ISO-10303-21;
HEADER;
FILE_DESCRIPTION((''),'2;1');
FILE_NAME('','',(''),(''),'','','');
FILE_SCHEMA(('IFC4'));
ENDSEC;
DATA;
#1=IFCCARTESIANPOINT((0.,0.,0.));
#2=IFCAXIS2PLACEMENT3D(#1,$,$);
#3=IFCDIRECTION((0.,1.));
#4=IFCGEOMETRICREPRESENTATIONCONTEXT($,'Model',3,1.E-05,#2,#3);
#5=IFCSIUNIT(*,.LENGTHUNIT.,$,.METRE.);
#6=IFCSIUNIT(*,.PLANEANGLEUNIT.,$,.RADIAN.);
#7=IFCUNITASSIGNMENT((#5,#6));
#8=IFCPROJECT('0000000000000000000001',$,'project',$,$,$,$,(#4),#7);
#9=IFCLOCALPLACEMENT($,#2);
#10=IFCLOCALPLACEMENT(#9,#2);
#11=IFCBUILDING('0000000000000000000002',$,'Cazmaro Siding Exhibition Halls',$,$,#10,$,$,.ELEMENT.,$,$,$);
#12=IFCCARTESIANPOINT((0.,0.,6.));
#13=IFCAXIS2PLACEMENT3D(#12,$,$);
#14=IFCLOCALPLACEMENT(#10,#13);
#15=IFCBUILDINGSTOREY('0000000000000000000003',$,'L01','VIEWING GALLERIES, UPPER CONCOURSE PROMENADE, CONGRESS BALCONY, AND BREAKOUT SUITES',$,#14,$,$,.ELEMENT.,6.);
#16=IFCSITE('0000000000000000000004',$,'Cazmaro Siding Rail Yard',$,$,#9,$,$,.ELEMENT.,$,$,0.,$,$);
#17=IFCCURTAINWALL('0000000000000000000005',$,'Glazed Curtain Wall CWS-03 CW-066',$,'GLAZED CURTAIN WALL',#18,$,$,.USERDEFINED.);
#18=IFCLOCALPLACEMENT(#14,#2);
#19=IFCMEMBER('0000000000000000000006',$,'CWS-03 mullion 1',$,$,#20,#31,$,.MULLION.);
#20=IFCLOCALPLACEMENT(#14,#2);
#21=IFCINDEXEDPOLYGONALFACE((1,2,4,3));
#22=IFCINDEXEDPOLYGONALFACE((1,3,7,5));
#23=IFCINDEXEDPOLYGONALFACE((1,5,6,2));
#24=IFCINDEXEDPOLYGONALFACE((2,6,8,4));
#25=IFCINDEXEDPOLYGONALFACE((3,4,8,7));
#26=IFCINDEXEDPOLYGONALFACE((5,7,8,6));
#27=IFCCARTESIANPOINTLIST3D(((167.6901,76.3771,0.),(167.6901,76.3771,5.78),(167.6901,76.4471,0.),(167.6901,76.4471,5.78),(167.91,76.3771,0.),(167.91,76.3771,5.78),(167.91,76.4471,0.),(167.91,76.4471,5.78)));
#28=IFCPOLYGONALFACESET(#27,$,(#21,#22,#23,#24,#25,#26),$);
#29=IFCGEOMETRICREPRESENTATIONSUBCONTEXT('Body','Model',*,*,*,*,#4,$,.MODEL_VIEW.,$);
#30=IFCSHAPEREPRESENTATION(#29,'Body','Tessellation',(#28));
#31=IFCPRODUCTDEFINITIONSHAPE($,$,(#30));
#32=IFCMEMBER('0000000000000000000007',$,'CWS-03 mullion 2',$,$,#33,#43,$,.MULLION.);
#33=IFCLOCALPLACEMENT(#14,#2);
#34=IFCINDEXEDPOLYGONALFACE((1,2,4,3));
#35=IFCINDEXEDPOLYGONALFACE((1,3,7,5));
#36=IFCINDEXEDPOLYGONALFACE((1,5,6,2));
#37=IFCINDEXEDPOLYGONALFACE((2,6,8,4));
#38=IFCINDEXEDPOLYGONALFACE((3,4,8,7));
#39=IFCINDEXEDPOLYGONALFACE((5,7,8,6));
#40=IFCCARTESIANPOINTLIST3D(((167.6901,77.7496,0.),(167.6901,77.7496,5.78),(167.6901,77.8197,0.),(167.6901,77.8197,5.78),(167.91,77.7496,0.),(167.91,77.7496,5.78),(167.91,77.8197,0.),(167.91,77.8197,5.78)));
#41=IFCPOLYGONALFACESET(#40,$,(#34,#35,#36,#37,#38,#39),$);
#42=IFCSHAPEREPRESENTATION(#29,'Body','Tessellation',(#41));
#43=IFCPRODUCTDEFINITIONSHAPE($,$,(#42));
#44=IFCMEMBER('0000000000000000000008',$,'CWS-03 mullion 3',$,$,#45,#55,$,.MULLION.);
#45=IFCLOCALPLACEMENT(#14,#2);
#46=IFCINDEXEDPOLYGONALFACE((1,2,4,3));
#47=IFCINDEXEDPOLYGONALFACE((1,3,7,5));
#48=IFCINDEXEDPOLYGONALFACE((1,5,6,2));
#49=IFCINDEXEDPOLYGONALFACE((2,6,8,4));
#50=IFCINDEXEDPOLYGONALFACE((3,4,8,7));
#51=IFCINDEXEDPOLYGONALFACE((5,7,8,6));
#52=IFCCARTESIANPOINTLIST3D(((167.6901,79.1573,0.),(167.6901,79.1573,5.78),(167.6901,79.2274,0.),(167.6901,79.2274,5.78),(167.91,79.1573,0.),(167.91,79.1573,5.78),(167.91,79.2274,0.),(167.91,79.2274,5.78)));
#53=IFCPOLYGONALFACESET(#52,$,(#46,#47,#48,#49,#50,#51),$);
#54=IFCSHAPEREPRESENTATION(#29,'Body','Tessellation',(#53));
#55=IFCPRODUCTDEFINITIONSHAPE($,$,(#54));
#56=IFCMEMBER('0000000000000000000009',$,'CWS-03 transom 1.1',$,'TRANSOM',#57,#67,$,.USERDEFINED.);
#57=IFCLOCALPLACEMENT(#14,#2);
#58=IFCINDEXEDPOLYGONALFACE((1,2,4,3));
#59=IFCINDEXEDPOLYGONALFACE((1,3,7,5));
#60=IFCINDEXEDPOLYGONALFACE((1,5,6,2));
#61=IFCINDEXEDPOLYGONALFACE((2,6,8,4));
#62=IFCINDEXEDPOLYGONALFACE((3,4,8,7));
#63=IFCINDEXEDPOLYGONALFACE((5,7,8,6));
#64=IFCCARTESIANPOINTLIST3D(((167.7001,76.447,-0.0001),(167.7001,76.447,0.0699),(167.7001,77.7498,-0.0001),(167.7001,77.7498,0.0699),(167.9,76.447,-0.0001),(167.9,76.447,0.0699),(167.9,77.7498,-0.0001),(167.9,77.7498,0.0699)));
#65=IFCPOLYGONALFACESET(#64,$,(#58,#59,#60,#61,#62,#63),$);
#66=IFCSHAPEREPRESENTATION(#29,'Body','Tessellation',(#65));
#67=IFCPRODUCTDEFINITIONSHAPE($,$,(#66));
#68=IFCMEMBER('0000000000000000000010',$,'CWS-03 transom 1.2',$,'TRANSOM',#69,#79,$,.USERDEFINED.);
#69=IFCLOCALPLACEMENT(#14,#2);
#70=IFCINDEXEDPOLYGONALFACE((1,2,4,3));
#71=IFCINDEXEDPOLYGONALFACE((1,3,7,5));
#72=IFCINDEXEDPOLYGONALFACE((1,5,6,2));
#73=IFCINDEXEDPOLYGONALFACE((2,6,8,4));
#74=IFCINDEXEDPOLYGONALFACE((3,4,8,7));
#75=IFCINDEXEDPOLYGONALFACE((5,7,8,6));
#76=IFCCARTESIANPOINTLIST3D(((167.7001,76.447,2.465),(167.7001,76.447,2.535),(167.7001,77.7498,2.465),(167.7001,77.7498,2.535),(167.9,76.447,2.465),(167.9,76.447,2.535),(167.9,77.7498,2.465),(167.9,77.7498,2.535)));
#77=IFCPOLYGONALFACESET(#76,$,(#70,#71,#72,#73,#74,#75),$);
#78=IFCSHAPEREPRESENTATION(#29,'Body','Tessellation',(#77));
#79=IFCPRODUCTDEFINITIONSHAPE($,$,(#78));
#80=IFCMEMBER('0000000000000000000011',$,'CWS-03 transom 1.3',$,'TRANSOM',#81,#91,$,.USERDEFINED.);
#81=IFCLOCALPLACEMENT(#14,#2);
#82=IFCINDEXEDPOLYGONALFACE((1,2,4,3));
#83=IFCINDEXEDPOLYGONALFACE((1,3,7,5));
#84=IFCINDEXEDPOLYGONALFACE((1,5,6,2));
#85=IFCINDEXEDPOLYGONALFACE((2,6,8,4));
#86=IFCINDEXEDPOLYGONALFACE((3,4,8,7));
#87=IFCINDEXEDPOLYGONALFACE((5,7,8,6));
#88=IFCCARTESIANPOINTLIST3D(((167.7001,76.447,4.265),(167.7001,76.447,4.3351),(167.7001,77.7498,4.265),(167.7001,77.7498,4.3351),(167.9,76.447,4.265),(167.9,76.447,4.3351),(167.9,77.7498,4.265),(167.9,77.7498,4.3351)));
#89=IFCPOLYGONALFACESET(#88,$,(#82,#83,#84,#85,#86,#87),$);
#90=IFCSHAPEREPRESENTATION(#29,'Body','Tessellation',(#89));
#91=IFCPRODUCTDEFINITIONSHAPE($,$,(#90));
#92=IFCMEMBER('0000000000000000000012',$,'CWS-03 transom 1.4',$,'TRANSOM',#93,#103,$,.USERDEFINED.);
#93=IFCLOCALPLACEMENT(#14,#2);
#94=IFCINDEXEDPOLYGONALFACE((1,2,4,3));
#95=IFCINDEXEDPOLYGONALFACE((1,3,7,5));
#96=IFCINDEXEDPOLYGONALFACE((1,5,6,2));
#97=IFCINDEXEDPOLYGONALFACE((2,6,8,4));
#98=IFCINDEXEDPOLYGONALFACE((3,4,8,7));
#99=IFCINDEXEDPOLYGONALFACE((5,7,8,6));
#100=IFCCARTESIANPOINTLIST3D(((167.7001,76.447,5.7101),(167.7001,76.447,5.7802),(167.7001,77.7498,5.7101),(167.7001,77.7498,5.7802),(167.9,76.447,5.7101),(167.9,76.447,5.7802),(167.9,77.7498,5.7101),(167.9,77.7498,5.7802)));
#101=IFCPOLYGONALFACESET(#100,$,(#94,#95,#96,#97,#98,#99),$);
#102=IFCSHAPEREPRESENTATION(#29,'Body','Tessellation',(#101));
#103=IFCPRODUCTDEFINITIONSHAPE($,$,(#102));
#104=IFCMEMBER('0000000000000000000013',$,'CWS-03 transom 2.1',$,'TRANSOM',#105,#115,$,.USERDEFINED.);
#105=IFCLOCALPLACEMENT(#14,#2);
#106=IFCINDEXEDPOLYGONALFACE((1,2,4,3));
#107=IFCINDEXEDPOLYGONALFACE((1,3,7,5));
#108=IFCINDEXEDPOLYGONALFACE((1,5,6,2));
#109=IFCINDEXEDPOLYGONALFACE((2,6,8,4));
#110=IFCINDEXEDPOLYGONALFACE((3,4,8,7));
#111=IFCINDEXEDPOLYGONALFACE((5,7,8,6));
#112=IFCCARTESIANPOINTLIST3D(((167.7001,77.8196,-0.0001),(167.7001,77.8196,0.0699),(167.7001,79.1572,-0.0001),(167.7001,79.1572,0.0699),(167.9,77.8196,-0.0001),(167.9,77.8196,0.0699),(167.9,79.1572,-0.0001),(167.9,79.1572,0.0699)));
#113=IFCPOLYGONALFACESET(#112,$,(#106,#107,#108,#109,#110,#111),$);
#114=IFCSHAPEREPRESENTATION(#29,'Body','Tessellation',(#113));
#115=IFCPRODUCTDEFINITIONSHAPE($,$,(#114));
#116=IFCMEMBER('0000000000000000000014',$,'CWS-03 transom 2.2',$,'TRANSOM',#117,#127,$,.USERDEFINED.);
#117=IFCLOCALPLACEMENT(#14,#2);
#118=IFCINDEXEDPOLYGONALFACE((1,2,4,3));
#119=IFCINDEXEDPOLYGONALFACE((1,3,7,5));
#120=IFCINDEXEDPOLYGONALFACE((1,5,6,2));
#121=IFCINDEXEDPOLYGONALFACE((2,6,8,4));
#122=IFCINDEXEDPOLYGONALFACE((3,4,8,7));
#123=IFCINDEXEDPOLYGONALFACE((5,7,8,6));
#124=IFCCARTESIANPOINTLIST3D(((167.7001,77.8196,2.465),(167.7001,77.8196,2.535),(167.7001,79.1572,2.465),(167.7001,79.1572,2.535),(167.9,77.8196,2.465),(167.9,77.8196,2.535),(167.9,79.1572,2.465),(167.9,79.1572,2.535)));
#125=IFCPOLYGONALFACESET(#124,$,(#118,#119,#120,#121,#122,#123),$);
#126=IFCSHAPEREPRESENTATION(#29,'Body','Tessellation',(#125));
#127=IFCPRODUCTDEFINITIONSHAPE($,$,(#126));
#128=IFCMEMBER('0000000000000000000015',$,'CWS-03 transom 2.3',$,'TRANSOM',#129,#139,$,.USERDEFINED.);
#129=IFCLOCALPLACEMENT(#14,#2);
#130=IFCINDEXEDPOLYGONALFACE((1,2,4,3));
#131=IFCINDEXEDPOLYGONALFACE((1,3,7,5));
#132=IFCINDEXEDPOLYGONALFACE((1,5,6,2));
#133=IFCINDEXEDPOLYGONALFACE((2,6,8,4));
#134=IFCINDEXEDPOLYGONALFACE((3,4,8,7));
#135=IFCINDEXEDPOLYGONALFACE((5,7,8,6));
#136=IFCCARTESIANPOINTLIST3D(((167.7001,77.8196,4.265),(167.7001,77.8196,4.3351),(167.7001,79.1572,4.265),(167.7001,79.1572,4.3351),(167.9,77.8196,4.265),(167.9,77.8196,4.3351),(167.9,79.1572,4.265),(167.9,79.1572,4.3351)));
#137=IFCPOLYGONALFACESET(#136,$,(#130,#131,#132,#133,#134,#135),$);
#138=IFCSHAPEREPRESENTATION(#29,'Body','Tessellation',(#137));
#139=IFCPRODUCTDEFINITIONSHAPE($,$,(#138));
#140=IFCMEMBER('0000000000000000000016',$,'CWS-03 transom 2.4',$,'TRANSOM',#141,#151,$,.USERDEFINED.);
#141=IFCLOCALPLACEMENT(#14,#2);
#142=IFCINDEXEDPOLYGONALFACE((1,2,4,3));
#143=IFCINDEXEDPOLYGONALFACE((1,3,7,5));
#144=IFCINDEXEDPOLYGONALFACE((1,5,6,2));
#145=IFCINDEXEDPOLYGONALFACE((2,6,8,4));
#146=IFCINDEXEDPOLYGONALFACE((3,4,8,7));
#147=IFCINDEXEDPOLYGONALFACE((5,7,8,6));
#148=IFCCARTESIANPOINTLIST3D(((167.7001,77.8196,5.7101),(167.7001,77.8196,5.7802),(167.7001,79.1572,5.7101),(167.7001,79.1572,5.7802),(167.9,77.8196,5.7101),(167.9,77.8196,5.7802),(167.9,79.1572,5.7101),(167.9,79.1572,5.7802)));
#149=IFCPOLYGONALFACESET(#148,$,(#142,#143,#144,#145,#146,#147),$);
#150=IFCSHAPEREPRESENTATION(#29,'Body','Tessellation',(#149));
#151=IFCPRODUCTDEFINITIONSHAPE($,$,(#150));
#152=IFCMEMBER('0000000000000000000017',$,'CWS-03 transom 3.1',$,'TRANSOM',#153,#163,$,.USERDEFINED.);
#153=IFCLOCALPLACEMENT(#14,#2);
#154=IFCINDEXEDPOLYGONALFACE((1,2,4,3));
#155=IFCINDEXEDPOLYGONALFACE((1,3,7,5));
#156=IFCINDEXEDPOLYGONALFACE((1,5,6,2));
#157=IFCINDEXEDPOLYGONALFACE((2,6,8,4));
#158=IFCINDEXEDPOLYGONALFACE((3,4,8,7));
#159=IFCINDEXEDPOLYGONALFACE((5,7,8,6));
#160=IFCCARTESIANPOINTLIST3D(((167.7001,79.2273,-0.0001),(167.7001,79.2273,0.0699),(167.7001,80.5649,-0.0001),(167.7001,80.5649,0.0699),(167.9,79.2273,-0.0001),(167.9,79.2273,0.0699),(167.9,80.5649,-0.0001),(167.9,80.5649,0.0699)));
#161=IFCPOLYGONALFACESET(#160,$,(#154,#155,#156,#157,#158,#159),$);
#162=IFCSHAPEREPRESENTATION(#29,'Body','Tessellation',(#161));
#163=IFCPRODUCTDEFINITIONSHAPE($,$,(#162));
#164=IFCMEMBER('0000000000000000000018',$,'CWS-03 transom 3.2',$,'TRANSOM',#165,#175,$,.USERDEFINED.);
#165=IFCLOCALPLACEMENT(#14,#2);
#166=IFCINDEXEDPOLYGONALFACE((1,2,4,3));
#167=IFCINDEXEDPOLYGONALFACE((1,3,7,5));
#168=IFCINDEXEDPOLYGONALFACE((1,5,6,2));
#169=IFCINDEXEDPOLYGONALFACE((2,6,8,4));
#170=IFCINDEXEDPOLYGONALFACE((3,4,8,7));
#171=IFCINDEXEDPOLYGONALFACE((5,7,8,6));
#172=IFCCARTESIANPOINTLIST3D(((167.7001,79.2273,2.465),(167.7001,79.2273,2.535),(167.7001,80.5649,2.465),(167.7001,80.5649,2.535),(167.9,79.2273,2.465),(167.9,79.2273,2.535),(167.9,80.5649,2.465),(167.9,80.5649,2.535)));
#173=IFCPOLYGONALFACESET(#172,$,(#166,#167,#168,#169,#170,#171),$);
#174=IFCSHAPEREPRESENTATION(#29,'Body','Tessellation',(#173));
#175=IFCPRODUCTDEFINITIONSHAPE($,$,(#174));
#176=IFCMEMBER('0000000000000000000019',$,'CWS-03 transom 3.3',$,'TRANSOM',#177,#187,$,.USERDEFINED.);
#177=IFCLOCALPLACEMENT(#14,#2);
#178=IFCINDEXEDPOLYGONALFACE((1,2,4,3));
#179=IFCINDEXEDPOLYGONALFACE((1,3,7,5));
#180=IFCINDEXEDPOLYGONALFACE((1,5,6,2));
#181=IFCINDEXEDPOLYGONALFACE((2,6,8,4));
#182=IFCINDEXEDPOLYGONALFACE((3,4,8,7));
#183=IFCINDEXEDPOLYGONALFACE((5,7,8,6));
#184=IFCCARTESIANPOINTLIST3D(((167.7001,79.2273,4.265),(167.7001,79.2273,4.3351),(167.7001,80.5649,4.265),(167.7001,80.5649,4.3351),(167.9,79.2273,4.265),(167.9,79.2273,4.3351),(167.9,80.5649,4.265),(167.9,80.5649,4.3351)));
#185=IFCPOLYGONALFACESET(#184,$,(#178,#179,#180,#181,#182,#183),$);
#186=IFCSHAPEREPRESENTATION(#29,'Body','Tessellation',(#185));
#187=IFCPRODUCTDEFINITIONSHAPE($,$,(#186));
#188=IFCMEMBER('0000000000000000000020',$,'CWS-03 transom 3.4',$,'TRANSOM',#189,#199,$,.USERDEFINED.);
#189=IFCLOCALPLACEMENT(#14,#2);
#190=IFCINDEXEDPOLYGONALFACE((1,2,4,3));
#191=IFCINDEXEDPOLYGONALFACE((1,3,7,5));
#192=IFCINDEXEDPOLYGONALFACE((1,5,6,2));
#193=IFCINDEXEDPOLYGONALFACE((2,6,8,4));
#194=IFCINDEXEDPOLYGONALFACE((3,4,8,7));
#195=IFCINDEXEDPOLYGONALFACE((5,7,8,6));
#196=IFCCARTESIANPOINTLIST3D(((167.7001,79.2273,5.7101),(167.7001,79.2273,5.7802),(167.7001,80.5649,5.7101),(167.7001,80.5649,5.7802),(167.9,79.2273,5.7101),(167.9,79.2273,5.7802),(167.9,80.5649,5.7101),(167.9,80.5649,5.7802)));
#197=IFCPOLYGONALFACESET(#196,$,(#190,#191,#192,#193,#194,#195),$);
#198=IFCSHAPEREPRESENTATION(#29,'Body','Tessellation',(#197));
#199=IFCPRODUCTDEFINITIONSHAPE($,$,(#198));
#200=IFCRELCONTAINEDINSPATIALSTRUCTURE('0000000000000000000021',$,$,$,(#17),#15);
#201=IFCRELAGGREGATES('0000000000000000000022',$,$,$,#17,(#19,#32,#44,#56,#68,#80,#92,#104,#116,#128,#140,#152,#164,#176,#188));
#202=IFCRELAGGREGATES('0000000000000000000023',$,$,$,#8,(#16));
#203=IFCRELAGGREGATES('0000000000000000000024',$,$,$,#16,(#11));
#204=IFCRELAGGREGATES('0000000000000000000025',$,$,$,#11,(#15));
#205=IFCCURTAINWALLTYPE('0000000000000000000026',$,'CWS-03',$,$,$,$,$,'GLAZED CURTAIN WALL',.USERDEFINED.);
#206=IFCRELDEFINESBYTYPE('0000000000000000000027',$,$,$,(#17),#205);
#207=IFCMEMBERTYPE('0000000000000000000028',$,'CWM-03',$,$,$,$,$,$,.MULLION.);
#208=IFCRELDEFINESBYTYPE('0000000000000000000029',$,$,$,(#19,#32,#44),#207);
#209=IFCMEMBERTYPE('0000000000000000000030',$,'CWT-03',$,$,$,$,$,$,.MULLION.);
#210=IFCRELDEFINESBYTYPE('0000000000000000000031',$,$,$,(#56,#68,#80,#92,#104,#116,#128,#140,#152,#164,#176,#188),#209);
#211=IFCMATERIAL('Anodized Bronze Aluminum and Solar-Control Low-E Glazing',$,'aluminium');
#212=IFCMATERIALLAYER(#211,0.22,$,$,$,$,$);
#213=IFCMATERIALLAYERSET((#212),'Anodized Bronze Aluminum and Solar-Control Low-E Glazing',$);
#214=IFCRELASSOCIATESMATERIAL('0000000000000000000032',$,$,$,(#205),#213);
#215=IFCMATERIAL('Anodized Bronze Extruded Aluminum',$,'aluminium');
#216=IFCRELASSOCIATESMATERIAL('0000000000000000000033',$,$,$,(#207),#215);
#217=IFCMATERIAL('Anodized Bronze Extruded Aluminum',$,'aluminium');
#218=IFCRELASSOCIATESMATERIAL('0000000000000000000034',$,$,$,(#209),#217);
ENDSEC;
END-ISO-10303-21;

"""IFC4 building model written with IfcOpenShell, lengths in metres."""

from ifc_helpers import new_model, si_unit, direction, frame, origin, origin_2d, place, context, subcontext, project, spatial, rectangle, extrude, material, layer, layer_set, material_profile, profile_set, type_object, element, aggregate, save


model = new_model("IFC4")

# Units and contexts
model_context = context("Model", 3, precision=1e-05, world=origin(), true_north=direction((0.0, 1.0)))
body_context = subcontext(model_context, "Body", "Model", "MODEL_VIEW")
ifc_project = project(units=[si_unit("LENGTHUNIT", "METRE"), si_unit("PLANEANGLEUNIT", "RADIAN")], contexts=[model_context])

# Site, building, storey
site_placement = place(None, origin())
site = spatial("IfcSite", under=ifc_project, at=site_placement, Name="Cazmaro Siding Rail Yard", CompositionType="ELEMENT", RefElevation=0.0)
building_placement = place(site_placement, origin())
building = spatial("IfcBuilding", under=site, at=building_placement, Name="Cazmaro Siding Exhibition Halls", CompositionType="ELEMENT")
storey_placement = place(building_placement, frame((0.0, 0.0, 6.0)))
storey = spatial("IfcBuildingStorey", under=building, at=storey_placement, Name="L01", Description="VIEWING GALLERIES, UPPER CONCOURSE PROMENADE, CONGRESS BALCONY, AND BREAKOUT SUITES", CompositionType="ELEMENT", Elevation=6.0)

# Curtain wall, members
ifc_material_1 = material(Name="Anodized Bronze Aluminum and Solar-Control Low-E Glazing", Category="aluminium")
ifc_layer_1 = layer(ifc_material_1, 0.22)
ifc_layer_set_1 = layer_set([ifc_layer_1], Name="Anodized Bronze Aluminum and Solar-Control Low-E Glazing")
curtain_wall_type = type_object("IfcCurtainWallType", Name="CWS-03", ElementType="GLAZED CURTAIN WALL", PredefinedType="USERDEFINED", material=ifc_layer_set_1)
curtain_wall_placement = place(storey_placement, origin())
curtain_wall = element("IfcCurtainWall", 1, at=curtain_wall_placement, inside=storey, type_object=curtain_wall_type, Name="Glazed Curtain Wall CWS-03 CW-066", ObjectType="GLAZED CURTAIN WALL", PredefinedType="USERDEFINED")
ifc_material_2 = material(Name="Anodized Bronze Extruded Aluminum", Category="aluminium")
ifc_material_profile_1 = material_profile(ifc_material_2, rectangle(XDim=0.22, YDim=0.0701, at=origin_2d()), Name="CWM-03")
ifc_profile_set_1 = profile_set([ifc_material_profile_1], Name="Anodized Bronze Extruded Aluminum")
member_type_1 = type_object("IfcMemberType", Name="CWM-03", PredefinedType="MULLION", material=ifc_profile_set_1)
member_1_placement = place(storey_placement, frame((167.8, 76.4121, 0.0), z_axis=(0.0, 0.0, 1.0), x_axis=(-1.0, 0.0, 0.0)))
member_1 = element("IfcMember", 2, at=member_1_placement, type_object=member_type_1, Name="CWS-03 mullion 1", PredefinedType="MULLION", context=body_context, shape_type="SweptSolid", body=[
    extrude(rectangle(XDim=0.22, YDim=0.0701, at=origin_2d()), origin(), (0.0, 0.0, 1.0), 5.78),
])
member_2_placement = place(storey_placement, frame((167.8, 77.7847, 0.0), z_axis=(0.0, 0.0, 1.0), x_axis=(-1.0, 0.0, 0.0)))
member_2 = element("IfcMember", 3, at=member_2_placement, type_object=member_type_1, Name="CWS-03 mullion 2", PredefinedType="MULLION", context=body_context, shape_type="SweptSolid", body=[
    extrude(rectangle(XDim=0.22, YDim=0.0701, at=origin_2d()), origin(), (0.0, 0.0, 1.0), 5.78),
])
member_3_placement = place(storey_placement, frame((167.8, 79.1924, 0.0), z_axis=(0.0, 0.0, 1.0), x_axis=(-1.0, 0.0, 0.0)))
member_3 = element("IfcMember", 4, at=member_3_placement, type_object=member_type_1, Name="CWS-03 mullion 3", PredefinedType="MULLION", context=body_context, shape_type="SweptSolid", body=[
    extrude(rectangle(XDim=0.22, YDim=0.0701, at=origin_2d()), origin(), (0.0, 0.0, 1.0), 5.78),
])
ifc_material_3 = material(Name="Anodized Bronze Extruded Aluminum", Category="aluminium")
ifc_material_profile_2 = material_profile(ifc_material_3, rectangle(XDim=0.2, YDim=0.0701, at=origin_2d()), Name="CWT-03")
ifc_profile_set_2 = profile_set([ifc_material_profile_2], Name="Anodized Bronze Extruded Aluminum")
member_type_2 = type_object("IfcMemberType", Name="CWT-03", PredefinedType="MULLION", material=ifc_profile_set_2)
member_4_placement = place(storey_placement, frame((167.8, 76.447, 0.0349), z_axis=(0.0, 1.0, 0.0), x_axis=(-1.0, 0.0, 0.0)))
member_4 = element("IfcMember", 5, at=member_4_placement, type_object=member_type_2, Name="CWS-03 transom 1.1", ObjectType="TRANSOM", PredefinedType="USERDEFINED", context=body_context, shape_type="SweptSolid", body=[
    extrude(rectangle(XDim=0.2, YDim=0.0701, at=origin_2d()), origin(), (0.0, 0.0, 1.0), 1.3027),
])
member_5_placement = place(storey_placement, frame((167.8, 76.447, 2.5), z_axis=(0.0, 1.0, 0.0), x_axis=(-1.0, 0.0, 0.0)))
member_5 = element("IfcMember", 6, at=member_5_placement, type_object=member_type_2, Name="CWS-03 transom 1.2", ObjectType="TRANSOM", PredefinedType="USERDEFINED", context=body_context, shape_type="SweptSolid", body=[
    extrude(rectangle(XDim=0.2, YDim=0.0701, at=origin_2d()), origin(), (0.0, 0.0, 1.0), 1.3027),
])
member_6_placement = place(storey_placement, frame((167.8, 76.447, 4.3), z_axis=(0.0, 1.0, 0.0), x_axis=(-1.0, 0.0, 0.0)))
member_6 = element("IfcMember", 7, at=member_6_placement, type_object=member_type_2, Name="CWS-03 transom 1.3", ObjectType="TRANSOM", PredefinedType="USERDEFINED", context=body_context, shape_type="SweptSolid", body=[
    extrude(rectangle(XDim=0.2, YDim=0.0701, at=origin_2d()), origin(), (0.0, 0.0, 1.0), 1.3027),
])
member_7_placement = place(storey_placement, frame((167.8, 76.447, 5.7451), z_axis=(0.0, 1.0, 0.0), x_axis=(-1.0, 0.0, 0.0)))
member_7 = element("IfcMember", 8, at=member_7_placement, type_object=member_type_2, Name="CWS-03 transom 1.4", ObjectType="TRANSOM", PredefinedType="USERDEFINED", context=body_context, shape_type="SweptSolid", body=[
    extrude(rectangle(XDim=0.2, YDim=0.0701, at=origin_2d()), origin(), (0.0, 0.0, 1.0), 1.3027),
])
member_8_placement = place(storey_placement, frame((167.8, 77.8196, 0.0349), z_axis=(0.0, 1.0, 0.0), x_axis=(-1.0, 0.0, 0.0)))
member_8 = element("IfcMember", 9, at=member_8_placement, type_object=member_type_2, Name="CWS-03 transom 2.1", ObjectType="TRANSOM", PredefinedType="USERDEFINED", context=body_context, shape_type="SweptSolid", body=[
    extrude(rectangle(XDim=0.2, YDim=0.0701, at=origin_2d()), origin(), (0.0, 0.0, 1.0), 1.3376),
])
member_9_placement = place(storey_placement, frame((167.8, 77.8196, 2.5), z_axis=(0.0, 1.0, 0.0), x_axis=(-1.0, 0.0, 0.0)))
member_9 = element("IfcMember", 10, at=member_9_placement, type_object=member_type_2, Name="CWS-03 transom 2.2", ObjectType="TRANSOM", PredefinedType="USERDEFINED", context=body_context, shape_type="SweptSolid", body=[
    extrude(rectangle(XDim=0.2, YDim=0.0701, at=origin_2d()), origin(), (0.0, 0.0, 1.0), 1.3376),
])
member_10_placement = place(storey_placement, frame((167.8, 77.8196, 4.3), z_axis=(0.0, 1.0, 0.0), x_axis=(-1.0, 0.0, 0.0)))
member_10 = element("IfcMember", 11, at=member_10_placement, type_object=member_type_2, Name="CWS-03 transom 2.3", ObjectType="TRANSOM", PredefinedType="USERDEFINED", context=body_context, shape_type="SweptSolid", body=[
    extrude(rectangle(XDim=0.2, YDim=0.0701, at=origin_2d()), origin(), (0.0, 0.0, 1.0), 1.3376),
])
member_11_placement = place(storey_placement, frame((167.8, 77.8196, 5.7451), z_axis=(0.0, 1.0, 0.0), x_axis=(-1.0, 0.0, 0.0)))
member_11 = element("IfcMember", 12, at=member_11_placement, type_object=member_type_2, Name="CWS-03 transom 2.4", ObjectType="TRANSOM", PredefinedType="USERDEFINED", context=body_context, shape_type="SweptSolid", body=[
    extrude(rectangle(XDim=0.2, YDim=0.0701, at=origin_2d()), origin(), (0.0, 0.0, 1.0), 1.3376),
])
member_12_placement = place(storey_placement, frame((167.8, 79.2273, 0.0349), z_axis=(0.0, 1.0, 0.0), x_axis=(-1.0, 0.0, 0.0)))
member_12 = element("IfcMember", 13, at=member_12_placement, type_object=member_type_2, Name="CWS-03 transom 3.1", ObjectType="TRANSOM", PredefinedType="USERDEFINED", context=body_context, shape_type="SweptSolid", body=[
    extrude(rectangle(XDim=0.2, YDim=0.0701, at=origin_2d()), origin(), (0.0, 0.0, 1.0), 1.3376),
])
member_13_placement = place(storey_placement, frame((167.8, 79.2273, 2.5), z_axis=(0.0, 1.0, 0.0), x_axis=(-1.0, 0.0, 0.0)))
member_13 = element("IfcMember", 14, at=member_13_placement, type_object=member_type_2, Name="CWS-03 transom 3.2", ObjectType="TRANSOM", PredefinedType="USERDEFINED", context=body_context, shape_type="SweptSolid", body=[
    extrude(rectangle(XDim=0.2, YDim=0.0701, at=origin_2d()), origin(), (0.0, 0.0, 1.0), 1.3376),
])
member_14_placement = place(storey_placement, frame((167.8, 79.2273, 4.3), z_axis=(0.0, 1.0, 0.0), x_axis=(-1.0, 0.0, 0.0)))
member_14 = element("IfcMember", 15, at=member_14_placement, type_object=member_type_2, Name="CWS-03 transom 3.3", ObjectType="TRANSOM", PredefinedType="USERDEFINED", context=body_context, shape_type="SweptSolid", body=[
    extrude(rectangle(XDim=0.2, YDim=0.0701, at=origin_2d()), origin(), (0.0, 0.0, 1.0), 1.3376),
])
member_15_placement = place(storey_placement, frame((167.8, 79.2273, 5.7451), z_axis=(0.0, 1.0, 0.0), x_axis=(-1.0, 0.0, 0.0)))
member_15 = element("IfcMember", 16, at=member_15_placement, type_object=member_type_2, Name="CWS-03 transom 3.4", ObjectType="TRANSOM", PredefinedType="USERDEFINED", context=body_context, shape_type="SweptSolid", body=[
    extrude(rectangle(XDim=0.2, YDim=0.0701, at=origin_2d()), origin(), (0.0, 0.0, 1.0), 1.3376),
])
aggregate(curtain_wall, [member_1, member_2, member_3, member_4, member_5, member_6, member_7, member_8, member_9, member_10, member_11, member_12, member_13, member_14, member_15])

save(model, "model.ifc")
